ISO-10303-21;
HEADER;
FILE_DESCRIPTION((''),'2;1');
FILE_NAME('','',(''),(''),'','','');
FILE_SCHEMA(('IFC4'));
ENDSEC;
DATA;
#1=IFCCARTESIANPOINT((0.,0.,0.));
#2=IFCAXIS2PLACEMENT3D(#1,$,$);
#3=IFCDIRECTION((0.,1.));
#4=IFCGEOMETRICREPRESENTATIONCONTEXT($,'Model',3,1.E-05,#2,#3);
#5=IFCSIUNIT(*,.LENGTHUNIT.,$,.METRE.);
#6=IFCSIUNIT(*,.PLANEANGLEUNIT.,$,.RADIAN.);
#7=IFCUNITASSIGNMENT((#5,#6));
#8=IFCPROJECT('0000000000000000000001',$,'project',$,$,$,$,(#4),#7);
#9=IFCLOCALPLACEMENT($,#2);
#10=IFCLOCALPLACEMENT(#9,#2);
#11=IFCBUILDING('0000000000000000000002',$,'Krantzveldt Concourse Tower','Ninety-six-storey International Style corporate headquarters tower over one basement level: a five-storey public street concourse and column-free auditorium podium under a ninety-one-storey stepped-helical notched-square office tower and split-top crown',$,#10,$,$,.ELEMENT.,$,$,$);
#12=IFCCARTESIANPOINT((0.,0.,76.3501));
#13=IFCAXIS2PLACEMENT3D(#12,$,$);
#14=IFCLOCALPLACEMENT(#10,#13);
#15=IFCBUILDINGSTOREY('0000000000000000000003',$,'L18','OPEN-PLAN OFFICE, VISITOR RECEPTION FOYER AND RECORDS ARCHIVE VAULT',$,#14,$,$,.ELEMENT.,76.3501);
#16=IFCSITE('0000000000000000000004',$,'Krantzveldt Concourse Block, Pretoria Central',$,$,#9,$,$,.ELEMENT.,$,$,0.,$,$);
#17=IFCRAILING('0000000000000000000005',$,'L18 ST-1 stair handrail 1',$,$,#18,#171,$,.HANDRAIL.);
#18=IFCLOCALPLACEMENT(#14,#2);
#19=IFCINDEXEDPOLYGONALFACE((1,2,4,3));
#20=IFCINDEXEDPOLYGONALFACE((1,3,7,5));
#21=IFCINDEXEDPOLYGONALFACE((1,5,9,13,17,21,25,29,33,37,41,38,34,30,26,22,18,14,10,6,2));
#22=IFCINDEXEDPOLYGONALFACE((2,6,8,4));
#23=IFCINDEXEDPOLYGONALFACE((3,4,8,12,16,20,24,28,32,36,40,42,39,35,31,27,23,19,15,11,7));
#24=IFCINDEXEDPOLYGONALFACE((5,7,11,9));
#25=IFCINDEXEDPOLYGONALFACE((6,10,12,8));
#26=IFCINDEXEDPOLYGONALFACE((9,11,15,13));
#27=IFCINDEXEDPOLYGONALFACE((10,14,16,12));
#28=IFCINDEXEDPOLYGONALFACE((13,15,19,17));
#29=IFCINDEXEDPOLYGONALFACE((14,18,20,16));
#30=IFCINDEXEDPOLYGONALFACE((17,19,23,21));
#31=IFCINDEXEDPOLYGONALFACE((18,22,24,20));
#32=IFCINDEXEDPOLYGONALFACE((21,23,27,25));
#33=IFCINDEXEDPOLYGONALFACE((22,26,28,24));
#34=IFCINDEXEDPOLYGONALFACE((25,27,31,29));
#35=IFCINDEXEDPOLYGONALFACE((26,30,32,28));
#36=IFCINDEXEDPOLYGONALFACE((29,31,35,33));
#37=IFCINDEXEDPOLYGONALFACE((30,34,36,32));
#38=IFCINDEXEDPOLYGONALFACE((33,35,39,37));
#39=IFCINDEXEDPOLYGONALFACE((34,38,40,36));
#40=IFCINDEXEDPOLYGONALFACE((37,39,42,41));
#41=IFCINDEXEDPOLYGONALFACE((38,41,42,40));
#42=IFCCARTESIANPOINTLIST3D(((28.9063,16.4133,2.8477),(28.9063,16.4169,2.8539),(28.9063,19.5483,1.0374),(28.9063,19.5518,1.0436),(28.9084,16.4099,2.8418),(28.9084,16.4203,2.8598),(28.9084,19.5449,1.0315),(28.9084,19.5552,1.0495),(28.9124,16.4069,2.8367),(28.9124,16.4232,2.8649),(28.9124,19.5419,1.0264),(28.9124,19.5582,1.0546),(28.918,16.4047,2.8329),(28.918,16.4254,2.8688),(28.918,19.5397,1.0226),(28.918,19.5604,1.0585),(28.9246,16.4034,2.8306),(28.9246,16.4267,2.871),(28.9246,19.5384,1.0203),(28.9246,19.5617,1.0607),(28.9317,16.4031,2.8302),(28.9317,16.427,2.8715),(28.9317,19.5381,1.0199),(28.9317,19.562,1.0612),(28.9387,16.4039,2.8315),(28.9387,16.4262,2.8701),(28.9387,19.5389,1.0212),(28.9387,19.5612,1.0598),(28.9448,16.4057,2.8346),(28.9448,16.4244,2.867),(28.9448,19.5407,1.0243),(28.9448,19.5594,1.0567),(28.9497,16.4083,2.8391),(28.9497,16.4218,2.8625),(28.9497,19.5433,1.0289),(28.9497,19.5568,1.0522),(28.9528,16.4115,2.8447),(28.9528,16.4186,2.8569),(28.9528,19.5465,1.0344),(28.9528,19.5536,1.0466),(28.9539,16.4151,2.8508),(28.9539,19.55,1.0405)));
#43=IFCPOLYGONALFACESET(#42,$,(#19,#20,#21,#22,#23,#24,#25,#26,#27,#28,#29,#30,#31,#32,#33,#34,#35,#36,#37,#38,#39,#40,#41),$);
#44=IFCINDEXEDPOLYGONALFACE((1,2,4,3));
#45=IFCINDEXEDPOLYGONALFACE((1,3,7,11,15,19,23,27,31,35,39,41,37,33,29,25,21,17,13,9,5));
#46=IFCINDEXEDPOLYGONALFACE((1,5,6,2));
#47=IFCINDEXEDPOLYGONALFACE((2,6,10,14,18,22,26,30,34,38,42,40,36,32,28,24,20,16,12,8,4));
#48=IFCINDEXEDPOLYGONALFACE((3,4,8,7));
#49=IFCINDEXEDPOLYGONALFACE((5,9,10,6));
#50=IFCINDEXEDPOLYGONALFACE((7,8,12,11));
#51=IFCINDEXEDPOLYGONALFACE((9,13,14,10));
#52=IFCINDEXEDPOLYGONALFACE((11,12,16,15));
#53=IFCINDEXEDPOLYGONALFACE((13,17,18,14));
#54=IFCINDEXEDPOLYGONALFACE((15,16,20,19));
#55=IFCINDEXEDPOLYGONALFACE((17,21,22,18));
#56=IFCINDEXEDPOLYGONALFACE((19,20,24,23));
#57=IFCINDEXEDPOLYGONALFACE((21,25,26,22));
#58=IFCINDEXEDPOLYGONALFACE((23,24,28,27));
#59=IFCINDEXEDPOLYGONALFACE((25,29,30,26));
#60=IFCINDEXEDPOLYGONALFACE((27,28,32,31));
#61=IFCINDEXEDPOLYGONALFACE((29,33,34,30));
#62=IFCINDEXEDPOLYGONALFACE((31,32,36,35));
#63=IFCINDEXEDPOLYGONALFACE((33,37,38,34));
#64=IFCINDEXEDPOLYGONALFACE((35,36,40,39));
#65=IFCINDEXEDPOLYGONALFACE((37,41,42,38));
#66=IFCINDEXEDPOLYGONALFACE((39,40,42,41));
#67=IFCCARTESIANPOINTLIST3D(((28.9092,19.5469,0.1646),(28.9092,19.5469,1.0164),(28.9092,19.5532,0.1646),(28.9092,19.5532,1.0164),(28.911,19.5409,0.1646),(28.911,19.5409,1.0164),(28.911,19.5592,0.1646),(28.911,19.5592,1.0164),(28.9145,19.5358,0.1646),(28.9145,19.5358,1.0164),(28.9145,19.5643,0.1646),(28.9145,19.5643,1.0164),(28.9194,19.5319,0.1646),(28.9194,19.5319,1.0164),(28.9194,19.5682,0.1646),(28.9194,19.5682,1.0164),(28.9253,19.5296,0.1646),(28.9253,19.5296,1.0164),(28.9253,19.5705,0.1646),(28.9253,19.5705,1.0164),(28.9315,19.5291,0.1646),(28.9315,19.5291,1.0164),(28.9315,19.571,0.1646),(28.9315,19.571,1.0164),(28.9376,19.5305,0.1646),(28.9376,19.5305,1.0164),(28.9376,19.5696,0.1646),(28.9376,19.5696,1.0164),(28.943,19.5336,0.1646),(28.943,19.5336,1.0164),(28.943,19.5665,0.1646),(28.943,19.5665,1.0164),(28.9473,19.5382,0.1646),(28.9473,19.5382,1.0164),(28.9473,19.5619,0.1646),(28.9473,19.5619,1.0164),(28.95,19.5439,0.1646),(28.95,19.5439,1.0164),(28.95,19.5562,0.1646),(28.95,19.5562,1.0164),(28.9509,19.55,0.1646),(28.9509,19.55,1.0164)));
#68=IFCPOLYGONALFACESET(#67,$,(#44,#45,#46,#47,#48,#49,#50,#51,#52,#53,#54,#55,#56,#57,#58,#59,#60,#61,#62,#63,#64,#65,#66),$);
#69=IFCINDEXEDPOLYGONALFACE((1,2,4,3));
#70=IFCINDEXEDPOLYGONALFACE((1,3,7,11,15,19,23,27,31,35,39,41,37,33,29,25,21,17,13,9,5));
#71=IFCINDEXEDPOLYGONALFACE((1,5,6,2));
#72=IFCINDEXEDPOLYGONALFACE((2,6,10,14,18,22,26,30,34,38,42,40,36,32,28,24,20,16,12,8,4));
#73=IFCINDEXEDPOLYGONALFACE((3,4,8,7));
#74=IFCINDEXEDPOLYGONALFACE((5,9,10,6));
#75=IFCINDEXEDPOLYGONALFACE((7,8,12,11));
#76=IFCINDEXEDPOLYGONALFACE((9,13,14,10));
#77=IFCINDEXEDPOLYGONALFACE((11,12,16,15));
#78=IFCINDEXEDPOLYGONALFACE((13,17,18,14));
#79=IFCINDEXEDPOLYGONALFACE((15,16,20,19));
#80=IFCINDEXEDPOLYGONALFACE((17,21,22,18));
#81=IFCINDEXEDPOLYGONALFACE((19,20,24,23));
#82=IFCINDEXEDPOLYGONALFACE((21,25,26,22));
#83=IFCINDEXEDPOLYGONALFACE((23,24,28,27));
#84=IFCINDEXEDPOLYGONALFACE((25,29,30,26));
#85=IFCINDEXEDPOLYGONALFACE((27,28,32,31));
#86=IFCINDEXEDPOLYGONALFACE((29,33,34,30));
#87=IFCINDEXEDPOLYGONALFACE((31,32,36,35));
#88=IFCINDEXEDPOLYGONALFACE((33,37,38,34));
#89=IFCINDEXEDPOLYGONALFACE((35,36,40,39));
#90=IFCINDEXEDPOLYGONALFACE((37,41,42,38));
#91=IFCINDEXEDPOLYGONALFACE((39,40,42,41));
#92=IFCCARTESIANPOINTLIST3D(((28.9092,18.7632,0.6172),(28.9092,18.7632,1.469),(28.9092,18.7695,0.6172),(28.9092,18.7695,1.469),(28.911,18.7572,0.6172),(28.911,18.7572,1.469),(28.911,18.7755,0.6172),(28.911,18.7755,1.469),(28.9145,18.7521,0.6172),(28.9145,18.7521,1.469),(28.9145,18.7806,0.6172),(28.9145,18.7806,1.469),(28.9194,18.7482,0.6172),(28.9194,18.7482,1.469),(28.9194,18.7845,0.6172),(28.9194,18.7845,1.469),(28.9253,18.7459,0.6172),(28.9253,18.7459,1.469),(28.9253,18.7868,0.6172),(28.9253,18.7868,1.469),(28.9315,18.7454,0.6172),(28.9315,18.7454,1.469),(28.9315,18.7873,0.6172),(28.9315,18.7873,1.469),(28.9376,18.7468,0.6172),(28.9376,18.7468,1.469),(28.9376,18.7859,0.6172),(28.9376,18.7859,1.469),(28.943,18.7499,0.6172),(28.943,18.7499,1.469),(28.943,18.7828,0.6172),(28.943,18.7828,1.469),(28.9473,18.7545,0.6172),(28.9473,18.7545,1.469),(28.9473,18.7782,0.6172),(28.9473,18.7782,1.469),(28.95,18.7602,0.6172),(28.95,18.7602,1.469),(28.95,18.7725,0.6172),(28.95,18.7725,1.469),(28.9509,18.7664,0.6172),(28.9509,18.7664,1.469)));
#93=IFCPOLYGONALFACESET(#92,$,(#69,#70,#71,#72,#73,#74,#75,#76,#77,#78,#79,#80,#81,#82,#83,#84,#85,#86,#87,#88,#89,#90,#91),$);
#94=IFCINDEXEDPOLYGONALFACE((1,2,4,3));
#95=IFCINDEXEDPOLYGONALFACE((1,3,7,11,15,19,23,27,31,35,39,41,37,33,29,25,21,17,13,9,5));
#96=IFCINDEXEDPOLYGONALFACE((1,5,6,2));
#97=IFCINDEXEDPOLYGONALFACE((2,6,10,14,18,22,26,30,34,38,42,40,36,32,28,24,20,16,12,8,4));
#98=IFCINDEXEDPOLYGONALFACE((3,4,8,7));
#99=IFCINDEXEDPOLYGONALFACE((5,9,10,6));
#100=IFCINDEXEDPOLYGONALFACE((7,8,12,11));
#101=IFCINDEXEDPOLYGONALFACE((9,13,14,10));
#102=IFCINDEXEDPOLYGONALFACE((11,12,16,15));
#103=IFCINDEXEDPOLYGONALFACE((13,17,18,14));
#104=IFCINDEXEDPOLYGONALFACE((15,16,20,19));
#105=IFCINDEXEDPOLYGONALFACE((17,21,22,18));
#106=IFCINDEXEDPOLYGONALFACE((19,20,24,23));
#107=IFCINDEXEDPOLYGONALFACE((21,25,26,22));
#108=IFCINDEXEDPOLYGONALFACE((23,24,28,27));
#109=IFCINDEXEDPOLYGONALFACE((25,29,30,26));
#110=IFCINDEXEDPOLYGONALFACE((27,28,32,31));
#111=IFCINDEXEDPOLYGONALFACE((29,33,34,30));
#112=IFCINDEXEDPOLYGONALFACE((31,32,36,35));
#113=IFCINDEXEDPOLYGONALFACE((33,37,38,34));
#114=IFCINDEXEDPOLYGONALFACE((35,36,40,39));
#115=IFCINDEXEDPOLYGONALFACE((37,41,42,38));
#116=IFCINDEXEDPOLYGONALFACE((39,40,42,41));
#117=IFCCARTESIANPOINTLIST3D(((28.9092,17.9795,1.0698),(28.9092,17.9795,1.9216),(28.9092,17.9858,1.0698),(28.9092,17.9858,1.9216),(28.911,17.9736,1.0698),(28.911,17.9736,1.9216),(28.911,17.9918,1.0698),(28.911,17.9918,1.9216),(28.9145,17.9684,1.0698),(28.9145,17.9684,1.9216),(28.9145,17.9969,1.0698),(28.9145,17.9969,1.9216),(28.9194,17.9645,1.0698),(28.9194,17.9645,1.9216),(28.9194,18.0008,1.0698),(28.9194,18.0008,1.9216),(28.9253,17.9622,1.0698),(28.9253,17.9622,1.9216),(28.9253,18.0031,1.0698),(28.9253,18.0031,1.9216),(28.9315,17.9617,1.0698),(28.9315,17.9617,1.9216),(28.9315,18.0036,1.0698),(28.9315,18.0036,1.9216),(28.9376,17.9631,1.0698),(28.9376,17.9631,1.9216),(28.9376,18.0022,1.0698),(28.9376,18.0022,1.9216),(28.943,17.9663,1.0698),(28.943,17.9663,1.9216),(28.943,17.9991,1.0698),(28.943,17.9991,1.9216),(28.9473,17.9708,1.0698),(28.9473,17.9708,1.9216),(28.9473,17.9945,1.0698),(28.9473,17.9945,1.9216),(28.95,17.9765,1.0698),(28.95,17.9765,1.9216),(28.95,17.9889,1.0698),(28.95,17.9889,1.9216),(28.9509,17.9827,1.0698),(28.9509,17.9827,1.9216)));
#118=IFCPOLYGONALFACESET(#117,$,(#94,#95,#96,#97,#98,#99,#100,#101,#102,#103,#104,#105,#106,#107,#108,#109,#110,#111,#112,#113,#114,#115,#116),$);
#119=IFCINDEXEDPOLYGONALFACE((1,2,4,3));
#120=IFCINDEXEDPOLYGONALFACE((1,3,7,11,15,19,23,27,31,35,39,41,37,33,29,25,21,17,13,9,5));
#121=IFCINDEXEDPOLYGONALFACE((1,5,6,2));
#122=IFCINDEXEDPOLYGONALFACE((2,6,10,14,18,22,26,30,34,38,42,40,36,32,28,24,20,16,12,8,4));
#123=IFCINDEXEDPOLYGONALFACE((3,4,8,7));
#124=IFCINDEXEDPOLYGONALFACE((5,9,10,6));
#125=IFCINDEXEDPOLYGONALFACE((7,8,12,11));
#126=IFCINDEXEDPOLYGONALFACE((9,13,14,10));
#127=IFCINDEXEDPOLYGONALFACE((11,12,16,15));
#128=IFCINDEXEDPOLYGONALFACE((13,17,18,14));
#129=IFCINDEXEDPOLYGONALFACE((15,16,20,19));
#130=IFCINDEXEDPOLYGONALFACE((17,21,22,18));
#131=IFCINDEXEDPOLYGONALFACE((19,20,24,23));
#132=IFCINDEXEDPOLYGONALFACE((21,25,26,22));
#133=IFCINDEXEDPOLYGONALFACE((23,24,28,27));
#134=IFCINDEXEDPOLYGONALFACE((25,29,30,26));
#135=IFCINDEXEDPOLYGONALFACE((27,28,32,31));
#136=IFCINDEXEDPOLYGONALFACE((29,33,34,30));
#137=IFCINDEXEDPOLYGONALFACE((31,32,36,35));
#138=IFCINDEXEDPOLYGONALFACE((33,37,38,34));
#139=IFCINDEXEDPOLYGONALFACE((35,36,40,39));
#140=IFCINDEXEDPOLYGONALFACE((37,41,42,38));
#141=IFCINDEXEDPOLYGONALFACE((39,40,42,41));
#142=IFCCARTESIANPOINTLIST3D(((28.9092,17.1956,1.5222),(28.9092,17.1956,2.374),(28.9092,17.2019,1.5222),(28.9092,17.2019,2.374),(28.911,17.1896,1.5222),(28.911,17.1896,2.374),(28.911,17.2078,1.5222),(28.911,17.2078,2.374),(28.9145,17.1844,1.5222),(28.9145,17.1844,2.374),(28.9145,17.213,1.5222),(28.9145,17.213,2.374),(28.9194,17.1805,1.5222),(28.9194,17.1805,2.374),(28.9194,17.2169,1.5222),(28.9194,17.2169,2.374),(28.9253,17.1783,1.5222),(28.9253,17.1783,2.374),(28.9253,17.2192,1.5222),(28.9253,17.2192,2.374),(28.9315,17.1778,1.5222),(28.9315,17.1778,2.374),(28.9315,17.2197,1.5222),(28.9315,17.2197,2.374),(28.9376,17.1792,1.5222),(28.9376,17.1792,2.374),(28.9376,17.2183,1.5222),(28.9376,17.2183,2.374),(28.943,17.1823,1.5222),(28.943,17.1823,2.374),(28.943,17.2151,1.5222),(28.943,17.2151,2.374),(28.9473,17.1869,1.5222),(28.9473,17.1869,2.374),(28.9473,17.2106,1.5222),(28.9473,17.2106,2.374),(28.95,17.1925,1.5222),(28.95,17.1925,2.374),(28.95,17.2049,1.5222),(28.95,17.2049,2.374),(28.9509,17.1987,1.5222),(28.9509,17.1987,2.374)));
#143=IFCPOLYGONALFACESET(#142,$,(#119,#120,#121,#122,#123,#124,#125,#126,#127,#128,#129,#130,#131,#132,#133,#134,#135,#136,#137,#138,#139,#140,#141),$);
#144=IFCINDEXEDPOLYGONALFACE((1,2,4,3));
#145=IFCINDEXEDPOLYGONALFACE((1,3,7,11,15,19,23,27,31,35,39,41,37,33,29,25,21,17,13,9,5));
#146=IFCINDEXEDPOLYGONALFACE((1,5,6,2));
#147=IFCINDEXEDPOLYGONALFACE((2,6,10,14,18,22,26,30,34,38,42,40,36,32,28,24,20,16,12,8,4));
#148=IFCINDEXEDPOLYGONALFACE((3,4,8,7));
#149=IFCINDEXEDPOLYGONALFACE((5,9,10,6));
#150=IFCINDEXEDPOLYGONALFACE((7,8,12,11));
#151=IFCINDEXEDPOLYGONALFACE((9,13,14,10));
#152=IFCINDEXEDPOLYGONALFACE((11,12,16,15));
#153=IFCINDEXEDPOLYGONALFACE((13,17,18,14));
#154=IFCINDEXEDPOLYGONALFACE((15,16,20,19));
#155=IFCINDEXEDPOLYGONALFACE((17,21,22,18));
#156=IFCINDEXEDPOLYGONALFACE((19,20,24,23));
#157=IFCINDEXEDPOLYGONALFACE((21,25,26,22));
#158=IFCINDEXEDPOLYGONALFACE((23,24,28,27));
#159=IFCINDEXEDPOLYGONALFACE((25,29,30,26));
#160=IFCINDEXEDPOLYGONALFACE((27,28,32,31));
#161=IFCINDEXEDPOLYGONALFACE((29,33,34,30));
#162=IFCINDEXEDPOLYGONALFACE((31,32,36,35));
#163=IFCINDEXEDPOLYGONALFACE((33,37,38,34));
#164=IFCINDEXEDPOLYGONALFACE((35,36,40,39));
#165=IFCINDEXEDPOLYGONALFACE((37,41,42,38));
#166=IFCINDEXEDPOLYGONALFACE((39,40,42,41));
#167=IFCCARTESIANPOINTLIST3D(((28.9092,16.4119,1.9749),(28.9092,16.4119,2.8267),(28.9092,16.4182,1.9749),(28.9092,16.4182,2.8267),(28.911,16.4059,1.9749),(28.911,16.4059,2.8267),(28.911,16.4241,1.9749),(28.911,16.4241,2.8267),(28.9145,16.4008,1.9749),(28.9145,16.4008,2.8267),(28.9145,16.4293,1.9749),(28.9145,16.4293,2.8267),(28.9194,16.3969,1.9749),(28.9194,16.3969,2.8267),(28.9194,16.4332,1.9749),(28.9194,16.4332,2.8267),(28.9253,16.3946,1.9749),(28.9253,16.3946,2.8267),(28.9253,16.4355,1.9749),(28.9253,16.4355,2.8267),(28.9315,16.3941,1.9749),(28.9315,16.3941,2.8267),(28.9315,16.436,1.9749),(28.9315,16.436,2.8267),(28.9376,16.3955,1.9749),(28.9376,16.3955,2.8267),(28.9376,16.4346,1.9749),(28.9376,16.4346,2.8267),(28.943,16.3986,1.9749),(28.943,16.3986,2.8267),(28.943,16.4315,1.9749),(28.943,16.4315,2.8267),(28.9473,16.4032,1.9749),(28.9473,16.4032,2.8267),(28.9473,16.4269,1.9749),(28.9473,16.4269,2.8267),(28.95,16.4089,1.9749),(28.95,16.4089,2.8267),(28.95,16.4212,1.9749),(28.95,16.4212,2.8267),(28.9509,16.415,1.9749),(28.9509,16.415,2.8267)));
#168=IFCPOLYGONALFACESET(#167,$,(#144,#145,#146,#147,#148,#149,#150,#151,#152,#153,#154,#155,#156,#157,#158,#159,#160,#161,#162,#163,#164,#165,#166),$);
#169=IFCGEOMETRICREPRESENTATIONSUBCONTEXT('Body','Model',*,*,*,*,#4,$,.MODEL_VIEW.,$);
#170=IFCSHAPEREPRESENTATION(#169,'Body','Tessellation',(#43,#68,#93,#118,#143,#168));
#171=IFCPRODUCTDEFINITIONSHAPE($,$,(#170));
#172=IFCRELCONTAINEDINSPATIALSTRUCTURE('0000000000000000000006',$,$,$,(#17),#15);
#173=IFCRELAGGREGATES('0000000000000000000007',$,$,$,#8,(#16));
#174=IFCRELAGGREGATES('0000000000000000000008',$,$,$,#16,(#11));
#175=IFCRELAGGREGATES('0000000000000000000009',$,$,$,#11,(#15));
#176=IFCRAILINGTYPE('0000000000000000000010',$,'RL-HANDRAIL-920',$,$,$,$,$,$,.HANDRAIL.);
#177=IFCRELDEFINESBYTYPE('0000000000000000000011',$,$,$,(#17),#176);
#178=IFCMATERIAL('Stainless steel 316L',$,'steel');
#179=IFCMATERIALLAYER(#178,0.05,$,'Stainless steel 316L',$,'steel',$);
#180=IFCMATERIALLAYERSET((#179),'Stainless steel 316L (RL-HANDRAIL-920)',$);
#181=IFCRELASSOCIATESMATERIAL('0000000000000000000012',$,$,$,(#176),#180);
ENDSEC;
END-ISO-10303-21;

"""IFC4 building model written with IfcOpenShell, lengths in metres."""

from ifc_helpers import new_model, si_unit, direction, frame, origin, origin_2d, place, context, subcontext, project, spatial, circle, extrude, material, layer, layer_set, type_object, element, save


model = new_model("IFC4")

# Units and contexts
model_context = context("Model", 3, precision=1e-05, world=origin(), true_north=direction((0.0, 1.0)))
body_context = subcontext(model_context, "Body", "Model", "MODEL_VIEW")
ifc_project = project(units=[si_unit("LENGTHUNIT", "METRE"), si_unit("PLANEANGLEUNIT", "RADIAN")], contexts=[model_context])

# Site, building, storey
site_placement = place(None, origin())
site = spatial("IfcSite", under=ifc_project, at=site_placement, Name="Krantzveldt Concourse Block, Pretoria Central", CompositionType="ELEMENT", RefElevation=0.0)
building_placement = place(site_placement, origin())
building = spatial("IfcBuilding", under=site, at=building_placement, Name="Krantzveldt Concourse Tower", Description="Ninety-six-storey International Style corporate headquarters tower over one basement level: a five-storey public street concourse and column-free auditorium podium under a ninety-one-storey stepped-helical notched-square office tower and split-top crown", CompositionType="ELEMENT")
storey_placement = place(building_placement, frame((0.0, 0.0, 76.3501)))
storey = spatial("IfcBuildingStorey", under=building, at=storey_placement, Name="L18", Description="OPEN-PLAN OFFICE, VISITOR RECEPTION FOYER AND RECORDS ARCHIVE VAULT", CompositionType="ELEMENT", Elevation=76.3501)

# Railing
ifc_material_1 = material(Name="Stainless steel 316L", Category="steel")
ifc_layer_1 = layer(ifc_material_1, 0.05, Name="Stainless steel 316L", Category="steel")
ifc_layer_set_1 = layer_set([ifc_layer_1], Name="Stainless steel 316L (RL-HANDRAIL-920)")
railing_type_1 = type_object("IfcRailingType", Name="RL-HANDRAIL-920", PredefinedType="HANDRAIL", material=ifc_layer_set_1)
railing_1_placement = place(storey_placement, frame((28.9299, 19.55, 0.1646)))
element("IfcRailing", 1, at=railing_1_placement, inside=storey, type_object=railing_type_1, Name="L18 ST-1 stair handrail 1", PredefinedType="HANDRAIL", context=body_context, shape_type="SweptSolid", body=[
    extrude(circle(Radius=0.0239, at=origin_2d()), frame((0.0, 0.0, 0.876), z_axis=(0.0, -0.865989, 0.500063), x_axis=(1.0, 0.0, 0.0)), (0.0, 0.0, 1.0), 3.6201),
    extrude(circle(Radius=0.021, at=origin_2d()), origin(), (0.0, 0.0, 1.0), 0.8518),
    extrude(circle(Radius=0.021, at=origin_2d()), frame((0.0, -0.7837, 0.4526)), (0.0, 0.0, 1.0), 0.8518),
    extrude(circle(Radius=0.021, at=origin_2d()), frame((0.0, -1.5674, 0.9053)), (0.0, 0.0, 1.0), 0.8518),
    extrude(circle(Radius=0.021, at=origin_2d()), frame((0.0, -2.3513, 1.3577)), (0.0, 0.0, 1.0), 0.8518),
    extrude(circle(Radius=0.021, at=origin_2d()), frame((0.0, -3.135, 1.8103)), (0.0, 0.0, 1.0), 0.8518),
])

save(model, "model.ifc")
